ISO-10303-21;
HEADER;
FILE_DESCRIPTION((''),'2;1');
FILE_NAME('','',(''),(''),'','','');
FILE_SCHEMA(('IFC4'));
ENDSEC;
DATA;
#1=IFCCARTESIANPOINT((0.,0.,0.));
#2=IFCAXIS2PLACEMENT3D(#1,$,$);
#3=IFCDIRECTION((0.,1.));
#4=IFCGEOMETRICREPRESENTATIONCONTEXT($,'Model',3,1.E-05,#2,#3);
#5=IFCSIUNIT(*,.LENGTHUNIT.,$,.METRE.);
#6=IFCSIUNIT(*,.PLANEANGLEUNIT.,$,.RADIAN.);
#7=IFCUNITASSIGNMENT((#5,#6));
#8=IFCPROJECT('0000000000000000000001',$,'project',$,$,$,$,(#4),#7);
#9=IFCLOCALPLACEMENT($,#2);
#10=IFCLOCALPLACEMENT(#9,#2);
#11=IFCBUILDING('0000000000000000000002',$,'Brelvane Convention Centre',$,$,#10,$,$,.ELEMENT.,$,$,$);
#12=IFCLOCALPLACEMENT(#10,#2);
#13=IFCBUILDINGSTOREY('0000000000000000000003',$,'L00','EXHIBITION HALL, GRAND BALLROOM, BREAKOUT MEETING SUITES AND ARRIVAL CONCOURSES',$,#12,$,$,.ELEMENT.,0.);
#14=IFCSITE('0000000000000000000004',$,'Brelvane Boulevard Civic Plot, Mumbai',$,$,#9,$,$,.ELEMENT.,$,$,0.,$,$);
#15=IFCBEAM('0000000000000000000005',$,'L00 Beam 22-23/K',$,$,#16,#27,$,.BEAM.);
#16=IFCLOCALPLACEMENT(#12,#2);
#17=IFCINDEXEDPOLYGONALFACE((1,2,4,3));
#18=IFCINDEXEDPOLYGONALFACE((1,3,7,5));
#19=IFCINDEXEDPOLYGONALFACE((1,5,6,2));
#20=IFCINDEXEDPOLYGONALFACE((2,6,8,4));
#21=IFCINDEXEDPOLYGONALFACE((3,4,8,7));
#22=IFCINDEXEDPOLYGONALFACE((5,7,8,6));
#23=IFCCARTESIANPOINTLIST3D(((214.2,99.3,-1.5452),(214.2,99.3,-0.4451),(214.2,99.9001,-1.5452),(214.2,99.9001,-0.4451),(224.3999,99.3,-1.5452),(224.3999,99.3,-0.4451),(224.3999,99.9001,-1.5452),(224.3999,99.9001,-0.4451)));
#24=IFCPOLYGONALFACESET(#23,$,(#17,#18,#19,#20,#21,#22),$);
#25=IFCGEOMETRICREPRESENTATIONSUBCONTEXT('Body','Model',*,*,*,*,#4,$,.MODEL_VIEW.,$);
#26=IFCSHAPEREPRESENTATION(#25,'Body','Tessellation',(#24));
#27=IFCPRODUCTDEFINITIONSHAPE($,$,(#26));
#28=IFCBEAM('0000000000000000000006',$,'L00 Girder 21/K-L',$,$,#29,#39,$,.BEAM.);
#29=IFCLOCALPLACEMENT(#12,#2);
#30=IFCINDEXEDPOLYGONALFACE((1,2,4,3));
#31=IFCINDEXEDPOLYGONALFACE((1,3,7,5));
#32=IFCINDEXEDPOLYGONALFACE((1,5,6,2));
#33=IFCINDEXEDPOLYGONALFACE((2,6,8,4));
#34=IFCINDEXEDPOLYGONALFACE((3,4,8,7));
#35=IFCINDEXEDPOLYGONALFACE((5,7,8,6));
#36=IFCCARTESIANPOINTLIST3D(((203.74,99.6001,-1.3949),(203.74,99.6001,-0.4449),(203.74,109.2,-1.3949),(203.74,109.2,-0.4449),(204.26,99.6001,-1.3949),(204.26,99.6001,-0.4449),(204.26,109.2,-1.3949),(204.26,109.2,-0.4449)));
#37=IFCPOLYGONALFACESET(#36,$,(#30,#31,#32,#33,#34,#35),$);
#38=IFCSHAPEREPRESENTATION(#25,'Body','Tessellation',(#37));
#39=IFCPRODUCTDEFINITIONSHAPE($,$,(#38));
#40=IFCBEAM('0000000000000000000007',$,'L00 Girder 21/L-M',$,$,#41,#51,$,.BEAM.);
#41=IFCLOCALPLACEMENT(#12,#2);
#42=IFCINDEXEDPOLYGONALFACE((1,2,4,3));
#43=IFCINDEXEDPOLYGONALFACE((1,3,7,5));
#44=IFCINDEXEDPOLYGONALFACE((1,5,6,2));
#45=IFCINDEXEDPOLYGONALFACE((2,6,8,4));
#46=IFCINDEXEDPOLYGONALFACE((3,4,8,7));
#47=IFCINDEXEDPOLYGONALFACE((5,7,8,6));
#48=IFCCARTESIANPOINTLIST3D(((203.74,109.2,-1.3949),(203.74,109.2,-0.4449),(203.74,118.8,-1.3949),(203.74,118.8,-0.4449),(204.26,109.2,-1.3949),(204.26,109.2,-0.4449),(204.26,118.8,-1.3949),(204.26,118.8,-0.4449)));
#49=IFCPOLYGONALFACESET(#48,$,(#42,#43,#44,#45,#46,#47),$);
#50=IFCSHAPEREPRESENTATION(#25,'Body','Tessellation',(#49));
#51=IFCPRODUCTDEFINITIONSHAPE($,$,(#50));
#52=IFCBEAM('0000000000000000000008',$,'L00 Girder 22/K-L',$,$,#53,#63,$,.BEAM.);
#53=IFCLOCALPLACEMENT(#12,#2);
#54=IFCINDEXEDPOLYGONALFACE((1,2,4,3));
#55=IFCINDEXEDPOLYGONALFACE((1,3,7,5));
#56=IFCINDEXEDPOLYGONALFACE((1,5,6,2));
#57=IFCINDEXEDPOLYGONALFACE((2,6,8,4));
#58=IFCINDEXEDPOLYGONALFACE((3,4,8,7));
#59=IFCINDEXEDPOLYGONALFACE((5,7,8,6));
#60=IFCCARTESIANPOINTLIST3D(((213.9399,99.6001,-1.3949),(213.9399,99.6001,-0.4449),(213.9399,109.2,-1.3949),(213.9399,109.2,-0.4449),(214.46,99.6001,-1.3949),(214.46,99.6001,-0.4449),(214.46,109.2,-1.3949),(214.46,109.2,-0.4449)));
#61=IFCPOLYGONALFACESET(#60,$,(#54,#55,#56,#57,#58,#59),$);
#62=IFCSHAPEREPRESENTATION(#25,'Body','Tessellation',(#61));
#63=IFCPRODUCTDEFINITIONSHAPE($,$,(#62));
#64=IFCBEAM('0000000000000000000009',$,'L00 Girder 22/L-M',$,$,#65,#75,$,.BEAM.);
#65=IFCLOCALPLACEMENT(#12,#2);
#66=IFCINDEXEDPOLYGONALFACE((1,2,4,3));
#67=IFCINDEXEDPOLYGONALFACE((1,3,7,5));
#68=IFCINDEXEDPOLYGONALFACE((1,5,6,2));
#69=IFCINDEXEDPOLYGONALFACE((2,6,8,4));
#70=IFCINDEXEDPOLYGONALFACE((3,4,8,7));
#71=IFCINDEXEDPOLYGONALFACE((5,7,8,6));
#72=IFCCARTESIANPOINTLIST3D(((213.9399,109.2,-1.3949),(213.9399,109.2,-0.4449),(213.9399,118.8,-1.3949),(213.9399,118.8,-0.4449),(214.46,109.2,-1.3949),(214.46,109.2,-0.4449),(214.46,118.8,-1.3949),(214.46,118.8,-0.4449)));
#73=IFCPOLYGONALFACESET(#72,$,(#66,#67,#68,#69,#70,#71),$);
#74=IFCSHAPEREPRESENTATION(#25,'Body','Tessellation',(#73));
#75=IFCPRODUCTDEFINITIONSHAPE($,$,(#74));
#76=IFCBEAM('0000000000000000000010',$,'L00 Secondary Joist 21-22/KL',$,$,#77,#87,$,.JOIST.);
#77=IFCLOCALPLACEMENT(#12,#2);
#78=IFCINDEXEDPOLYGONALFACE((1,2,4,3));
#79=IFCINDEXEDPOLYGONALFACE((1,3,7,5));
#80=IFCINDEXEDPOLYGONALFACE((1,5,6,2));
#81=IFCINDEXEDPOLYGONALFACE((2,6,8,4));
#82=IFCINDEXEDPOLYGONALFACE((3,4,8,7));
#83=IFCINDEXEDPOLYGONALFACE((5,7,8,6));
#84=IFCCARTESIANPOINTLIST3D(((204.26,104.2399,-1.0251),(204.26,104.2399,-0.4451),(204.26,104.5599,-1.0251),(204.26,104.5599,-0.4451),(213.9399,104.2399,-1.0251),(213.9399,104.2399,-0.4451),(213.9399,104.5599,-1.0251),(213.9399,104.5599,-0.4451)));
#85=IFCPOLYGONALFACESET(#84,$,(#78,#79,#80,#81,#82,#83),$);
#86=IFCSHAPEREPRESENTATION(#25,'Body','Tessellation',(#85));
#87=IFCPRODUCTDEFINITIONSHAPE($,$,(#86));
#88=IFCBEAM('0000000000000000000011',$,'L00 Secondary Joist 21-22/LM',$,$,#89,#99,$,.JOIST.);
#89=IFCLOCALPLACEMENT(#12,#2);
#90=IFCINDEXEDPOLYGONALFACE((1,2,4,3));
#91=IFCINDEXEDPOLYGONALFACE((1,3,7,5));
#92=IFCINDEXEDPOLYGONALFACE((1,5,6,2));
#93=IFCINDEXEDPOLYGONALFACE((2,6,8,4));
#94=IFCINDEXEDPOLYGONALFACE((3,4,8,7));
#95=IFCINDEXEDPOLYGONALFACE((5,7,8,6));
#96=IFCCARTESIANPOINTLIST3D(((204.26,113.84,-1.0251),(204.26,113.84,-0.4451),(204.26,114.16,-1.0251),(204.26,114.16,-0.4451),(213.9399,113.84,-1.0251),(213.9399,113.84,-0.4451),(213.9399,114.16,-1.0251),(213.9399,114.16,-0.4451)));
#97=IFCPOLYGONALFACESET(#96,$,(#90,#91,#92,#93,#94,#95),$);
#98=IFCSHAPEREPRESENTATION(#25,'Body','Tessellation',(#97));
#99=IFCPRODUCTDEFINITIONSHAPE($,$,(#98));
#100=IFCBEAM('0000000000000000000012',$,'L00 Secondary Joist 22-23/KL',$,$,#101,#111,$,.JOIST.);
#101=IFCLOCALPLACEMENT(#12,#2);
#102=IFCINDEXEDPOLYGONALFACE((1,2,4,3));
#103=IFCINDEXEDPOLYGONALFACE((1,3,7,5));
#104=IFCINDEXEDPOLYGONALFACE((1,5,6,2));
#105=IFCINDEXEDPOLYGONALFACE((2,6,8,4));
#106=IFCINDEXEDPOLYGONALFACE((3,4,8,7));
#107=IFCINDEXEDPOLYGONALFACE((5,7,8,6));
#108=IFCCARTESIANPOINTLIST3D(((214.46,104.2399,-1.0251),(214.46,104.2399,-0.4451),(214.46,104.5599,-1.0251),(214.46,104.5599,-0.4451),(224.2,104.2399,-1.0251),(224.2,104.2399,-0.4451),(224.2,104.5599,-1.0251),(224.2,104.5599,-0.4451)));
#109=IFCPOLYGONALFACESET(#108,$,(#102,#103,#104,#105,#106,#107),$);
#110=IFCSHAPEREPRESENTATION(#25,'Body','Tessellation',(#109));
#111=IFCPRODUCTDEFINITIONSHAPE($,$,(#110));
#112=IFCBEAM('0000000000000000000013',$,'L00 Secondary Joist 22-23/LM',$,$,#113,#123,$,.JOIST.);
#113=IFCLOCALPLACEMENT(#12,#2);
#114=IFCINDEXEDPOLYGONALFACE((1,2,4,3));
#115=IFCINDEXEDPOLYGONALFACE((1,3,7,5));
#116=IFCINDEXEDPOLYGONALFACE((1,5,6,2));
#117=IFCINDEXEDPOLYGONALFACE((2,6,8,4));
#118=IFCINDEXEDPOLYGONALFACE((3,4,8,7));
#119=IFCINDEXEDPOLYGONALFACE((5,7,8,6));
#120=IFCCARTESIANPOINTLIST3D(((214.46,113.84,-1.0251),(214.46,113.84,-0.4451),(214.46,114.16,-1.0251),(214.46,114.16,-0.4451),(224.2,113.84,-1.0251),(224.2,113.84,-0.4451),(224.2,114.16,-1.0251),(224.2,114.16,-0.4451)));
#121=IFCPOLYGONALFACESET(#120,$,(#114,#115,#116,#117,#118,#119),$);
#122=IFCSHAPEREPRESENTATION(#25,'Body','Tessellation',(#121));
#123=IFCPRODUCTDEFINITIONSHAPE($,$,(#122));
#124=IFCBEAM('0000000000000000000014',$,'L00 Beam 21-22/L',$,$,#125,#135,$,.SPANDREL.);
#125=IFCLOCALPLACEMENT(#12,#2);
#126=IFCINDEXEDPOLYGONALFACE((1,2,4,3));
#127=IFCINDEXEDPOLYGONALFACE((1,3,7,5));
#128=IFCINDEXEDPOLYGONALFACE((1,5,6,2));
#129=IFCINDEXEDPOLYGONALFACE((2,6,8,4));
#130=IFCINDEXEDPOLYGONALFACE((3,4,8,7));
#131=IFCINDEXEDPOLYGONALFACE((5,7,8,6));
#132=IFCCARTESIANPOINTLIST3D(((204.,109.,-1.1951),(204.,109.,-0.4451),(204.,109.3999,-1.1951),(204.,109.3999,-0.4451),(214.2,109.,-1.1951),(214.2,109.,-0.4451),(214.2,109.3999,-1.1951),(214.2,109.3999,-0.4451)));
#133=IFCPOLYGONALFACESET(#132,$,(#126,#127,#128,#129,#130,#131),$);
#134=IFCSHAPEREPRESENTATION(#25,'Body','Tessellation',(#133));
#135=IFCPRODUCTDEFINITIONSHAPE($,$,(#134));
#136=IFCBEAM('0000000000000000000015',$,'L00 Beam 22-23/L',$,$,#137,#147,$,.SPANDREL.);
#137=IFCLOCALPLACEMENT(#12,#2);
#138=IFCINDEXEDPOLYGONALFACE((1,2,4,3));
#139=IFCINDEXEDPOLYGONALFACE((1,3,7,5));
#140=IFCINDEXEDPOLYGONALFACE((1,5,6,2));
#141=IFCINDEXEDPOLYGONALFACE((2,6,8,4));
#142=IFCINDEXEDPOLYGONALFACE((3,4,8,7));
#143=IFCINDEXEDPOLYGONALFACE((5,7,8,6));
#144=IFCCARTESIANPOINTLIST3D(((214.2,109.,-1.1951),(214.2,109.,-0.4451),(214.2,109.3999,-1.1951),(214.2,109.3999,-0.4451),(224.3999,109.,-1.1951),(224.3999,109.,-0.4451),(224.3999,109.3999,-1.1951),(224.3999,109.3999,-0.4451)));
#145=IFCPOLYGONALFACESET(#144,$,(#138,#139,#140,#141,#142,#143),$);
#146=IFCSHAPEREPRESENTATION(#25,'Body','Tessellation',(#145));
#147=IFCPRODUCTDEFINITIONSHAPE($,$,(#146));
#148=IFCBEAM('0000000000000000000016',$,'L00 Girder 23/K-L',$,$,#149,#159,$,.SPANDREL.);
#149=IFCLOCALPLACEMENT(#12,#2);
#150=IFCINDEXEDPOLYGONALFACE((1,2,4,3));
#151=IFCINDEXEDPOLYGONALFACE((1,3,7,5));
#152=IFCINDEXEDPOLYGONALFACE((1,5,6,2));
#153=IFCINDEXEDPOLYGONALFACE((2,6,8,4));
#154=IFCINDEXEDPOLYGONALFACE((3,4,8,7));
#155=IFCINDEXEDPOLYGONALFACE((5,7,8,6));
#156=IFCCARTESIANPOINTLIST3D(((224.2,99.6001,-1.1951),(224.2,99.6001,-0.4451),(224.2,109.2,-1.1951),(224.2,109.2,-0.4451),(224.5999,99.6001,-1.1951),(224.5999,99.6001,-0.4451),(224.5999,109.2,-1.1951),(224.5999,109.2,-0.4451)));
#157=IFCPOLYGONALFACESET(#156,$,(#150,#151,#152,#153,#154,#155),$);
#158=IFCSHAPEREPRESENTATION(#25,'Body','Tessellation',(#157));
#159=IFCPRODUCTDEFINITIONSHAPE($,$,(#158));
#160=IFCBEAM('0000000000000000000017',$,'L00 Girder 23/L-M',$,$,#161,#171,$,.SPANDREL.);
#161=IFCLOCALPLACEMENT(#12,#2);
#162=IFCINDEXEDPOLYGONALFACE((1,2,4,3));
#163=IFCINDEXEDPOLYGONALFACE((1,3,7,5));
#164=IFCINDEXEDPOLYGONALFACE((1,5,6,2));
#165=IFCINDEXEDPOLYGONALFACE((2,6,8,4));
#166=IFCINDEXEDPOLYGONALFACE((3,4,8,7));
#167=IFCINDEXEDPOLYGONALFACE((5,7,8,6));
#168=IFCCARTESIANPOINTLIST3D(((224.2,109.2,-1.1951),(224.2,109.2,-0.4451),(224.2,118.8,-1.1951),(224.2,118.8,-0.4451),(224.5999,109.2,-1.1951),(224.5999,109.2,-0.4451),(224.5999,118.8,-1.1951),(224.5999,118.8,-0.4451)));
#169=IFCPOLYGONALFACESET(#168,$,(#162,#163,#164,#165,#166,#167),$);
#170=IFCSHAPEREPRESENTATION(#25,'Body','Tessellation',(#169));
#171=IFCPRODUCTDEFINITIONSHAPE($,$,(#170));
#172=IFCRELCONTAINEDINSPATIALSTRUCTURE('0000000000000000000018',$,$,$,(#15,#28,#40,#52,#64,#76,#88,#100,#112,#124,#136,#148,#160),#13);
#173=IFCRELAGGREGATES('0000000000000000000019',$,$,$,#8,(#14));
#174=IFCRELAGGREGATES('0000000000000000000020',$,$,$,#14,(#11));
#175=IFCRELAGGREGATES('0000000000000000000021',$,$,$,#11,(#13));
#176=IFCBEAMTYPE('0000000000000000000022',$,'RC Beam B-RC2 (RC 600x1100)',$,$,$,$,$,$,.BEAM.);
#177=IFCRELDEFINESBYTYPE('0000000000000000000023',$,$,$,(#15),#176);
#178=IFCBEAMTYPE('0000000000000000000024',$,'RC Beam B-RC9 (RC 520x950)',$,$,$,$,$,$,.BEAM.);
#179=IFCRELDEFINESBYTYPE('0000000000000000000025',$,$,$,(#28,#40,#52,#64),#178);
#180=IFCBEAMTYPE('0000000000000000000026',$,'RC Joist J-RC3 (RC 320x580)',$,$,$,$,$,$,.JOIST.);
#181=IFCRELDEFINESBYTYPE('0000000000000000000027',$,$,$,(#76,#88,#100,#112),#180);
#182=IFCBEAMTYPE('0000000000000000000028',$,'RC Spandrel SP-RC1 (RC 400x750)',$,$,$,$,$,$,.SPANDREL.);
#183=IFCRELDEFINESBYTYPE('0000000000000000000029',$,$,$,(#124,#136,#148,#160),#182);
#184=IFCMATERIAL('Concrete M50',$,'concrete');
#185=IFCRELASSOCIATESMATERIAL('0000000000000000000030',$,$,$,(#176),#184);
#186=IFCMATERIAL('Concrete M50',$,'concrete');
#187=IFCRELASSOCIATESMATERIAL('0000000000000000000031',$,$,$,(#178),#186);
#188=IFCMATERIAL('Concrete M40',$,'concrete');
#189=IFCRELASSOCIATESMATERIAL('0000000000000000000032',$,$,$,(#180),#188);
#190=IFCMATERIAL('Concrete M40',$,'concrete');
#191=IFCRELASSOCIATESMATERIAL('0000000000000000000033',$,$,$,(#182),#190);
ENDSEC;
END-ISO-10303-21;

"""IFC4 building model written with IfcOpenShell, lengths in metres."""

from ifc_helpers import new_model, si_unit, direction, frame, origin, origin_2d, place, context, subcontext, project, spatial, rectangle, extrude, material, material_profile, profile_set, type_object, element, save


model = new_model("IFC4")

# Units and contexts
model_context = context("Model", 3, precision=1e-05, world=origin(), true_north=direction((0.0, 1.0)))
body_context = subcontext(model_context, "Body", "Model", "MODEL_VIEW")
ifc_project = project(units=[si_unit("LENGTHUNIT", "METRE"), si_unit("PLANEANGLEUNIT", "RADIAN")], contexts=[model_context])

# Site, building, storey
site_placement = place(None, origin())
site = spatial("IfcSite", under=ifc_project, at=site_placement, Name="Brelvane Boulevard Civic Plot, Mumbai", CompositionType="ELEMENT", RefElevation=0.0)
building_placement = place(site_placement, origin())
building = spatial("IfcBuilding", under=site, at=building_placement, Name="Brelvane Convention Centre", CompositionType="ELEMENT")
storey_placement = place(building_placement, origin())
storey = spatial("IfcBuildingStorey", under=building, at=storey_placement, Name="L00", Description="EXHIBITION HALL, GRAND BALLROOM, BREAKOUT MEETING SUITES AND ARRIVAL CONCOURSES", CompositionType="ELEMENT", Elevation=0.0)

# Beams
ifc_material_1 = material(Name="Concrete M50", Category="concrete")
ifc_material_profile_1 = material_profile(ifc_material_1, rectangle(XDim=0.6001, YDim=1.1001, at=origin_2d()), Name="RC 600x1100")
ifc_profile_set_1 = profile_set([ifc_material_profile_1], Name="Concrete M50")
beam_type_1 = type_object("IfcBeamType", Name="RC Beam B-RC2 (RC 600x1100)", PredefinedType="BEAM", material=ifc_profile_set_1)
for number, where, z_axis, x_axis, name in (
    (1, (214.2, 99.6001, -0.9951), (1.0, 0.0, 0.0), (0.0, 1.0, 0.0), "L00 Beam 22-23/K"),
):
    element("IfcBeam", number, at=place(storey_placement, frame(where, z_axis=z_axis, x_axis=x_axis)), inside=storey, type_object=beam_type_1, Name=name, PredefinedType="BEAM", context=body_context, shape_type="SweptSolid", body=[
        extrude(rectangle(XDim=0.6001, YDim=1.1001, at=origin_2d()), origin(), (0.0, 0.0, 1.0), 10.2),
    ])
ifc_material_2 = material(Name="Concrete M50", Category="concrete")
ifc_material_profile_2 = material_profile(ifc_material_2, rectangle(XDim=0.52, YDim=0.95, at=origin_2d()), Name="RC 520x950")
ifc_profile_set_2 = profile_set([ifc_material_profile_2], Name="Concrete M50")
beam_type_2 = type_object("IfcBeamType", Name="RC Beam B-RC9 (RC 520x950)", PredefinedType="BEAM", material=ifc_profile_set_2)
beam_1_placement = place(storey_placement, frame((204.0, 99.6001, -0.9199), z_axis=(0.0, 1.0, 0.0), x_axis=(-1.0, 0.0, 0.0)))
element("IfcBeam", 2, at=beam_1_placement, inside=storey, type_object=beam_type_2, Name="L00 Girder 21/K-L", PredefinedType="BEAM", context=body_context, shape_type="SweptSolid", body=[
    extrude(rectangle(XDim=0.52, YDim=0.95, at=origin_2d()), origin(), (0.0, 0.0, 1.0), 9.5999),
])
beam_2_placement = place(storey_placement, frame((204.0, 109.2, -0.9199), z_axis=(0.0, 1.0, 0.0), x_axis=(-1.0, 0.0, 0.0)))
element("IfcBeam", 3, at=beam_2_placement, inside=storey, type_object=beam_type_2, Name="L00 Girder 21/L-M", PredefinedType="BEAM", context=body_context, shape_type="SweptSolid", body=[
    extrude(rectangle(XDim=0.52, YDim=0.95, at=origin_2d()), origin(), (0.0, 0.0, 1.0), 9.6001),
])
beam_3_placement = place(storey_placement, frame((214.2, 99.6001, -0.9199), z_axis=(0.0, 1.0, 0.0), x_axis=(-1.0, 0.0, 0.0)))
element("IfcBeam", 4, at=beam_3_placement, inside=storey, type_object=beam_type_2, Name="L00 Girder 22/K-L", PredefinedType="BEAM", context=body_context, shape_type="SweptSolid", body=[
    extrude(rectangle(XDim=0.52, YDim=0.95, at=origin_2d()), origin(), (0.0, 0.0, 1.0), 9.5999),
])
beam_4_placement = place(storey_placement, frame((214.2, 109.2, -0.9199), z_axis=(0.0, 1.0, 0.0), x_axis=(-1.0, 0.0, 0.0)))
element("IfcBeam", 5, at=beam_4_placement, inside=storey, type_object=beam_type_2, Name="L00 Girder 22/L-M", PredefinedType="BEAM", context=body_context, shape_type="SweptSolid", body=[
    extrude(rectangle(XDim=0.52, YDim=0.95, at=origin_2d()), origin(), (0.0, 0.0, 1.0), 9.6001),
])
ifc_material_3 = material(Name="Concrete M40", Category="concrete")
ifc_material_profile_3 = material_profile(ifc_material_3, rectangle(XDim=0.3201, YDim=0.5801, at=origin_2d()), Name="RC 320x580")
ifc_profile_set_3 = profile_set([ifc_material_profile_3], Name="Concrete M40")
beam_type_3 = type_object("IfcBeamType", Name="RC Joist J-RC3 (RC 320x580)", PredefinedType="JOIST", material=ifc_profile_set_3)
for number, where, z_axis, x_axis, name in (
    (6, (204.26, 104.3999, -0.7351), (1.0, 0.0, 0.0), (0.0, 1.0, 0.0), "L00 Secondary Joist 21-22/KL"),
    (7, (204.26, 114.0, -0.7351), (1.0, 0.0, 0.0), (0.0, 1.0, 0.0), "L00 Secondary Joist 21-22/LM"),
):
    element("IfcBeam", number, at=place(storey_placement, frame(where, z_axis=z_axis, x_axis=x_axis)), inside=storey, type_object=beam_type_3, Name=name, PredefinedType="JOIST", context=body_context, shape_type="SweptSolid", body=[
        extrude(rectangle(XDim=0.3201, YDim=0.5801, at=origin_2d()), origin(), (0.0, 0.0, 1.0), 9.6799),
    ])
for number, where, z_axis, x_axis, name in (
    (8, (214.46, 104.3999, -0.7351), (1.0, 0.0, 0.0), (0.0, 1.0, 0.0), "L00 Secondary Joist 22-23/KL"),
    (9, (214.46, 114.0, -0.7351), (1.0, 0.0, 0.0), (0.0, 1.0, 0.0), "L00 Secondary Joist 22-23/LM"),
):
    element("IfcBeam", number, at=place(storey_placement, frame(where, z_axis=z_axis, x_axis=x_axis)), inside=storey, type_object=beam_type_3, Name=name, PredefinedType="JOIST", context=body_context, shape_type="SweptSolid", body=[
        extrude(rectangle(XDim=0.3201, YDim=0.5801, at=origin_2d()), origin(), (0.0, 0.0, 1.0), 9.74),
    ])
ifc_material_4 = material(Name="Concrete M40", Category="concrete")
ifc_material_profile_4 = material_profile(ifc_material_4, rectangle(XDim=0.3999, YDim=0.75, at=origin_2d()), Name="RC 400x750")
ifc_profile_set_4 = profile_set([ifc_material_profile_4], Name="Concrete M40")
beam_type_4 = type_object("IfcBeamType", Name="RC Spandrel SP-RC1 (RC 400x750)", PredefinedType="SPANDREL", material=ifc_profile_set_4)
for number, where, z_axis, x_axis, name in (
    (10, (204.0, 109.2, -0.8201), (1.0, 0.0, 0.0), (0.0, 1.0, 0.0), "L00 Beam 21-22/L"),
    (11, (214.2, 109.2, -0.8201), (1.0, 0.0, 0.0), (0.0, 1.0, 0.0), "L00 Beam 22-23/L"),
):
    element("IfcBeam", number, at=place(storey_placement, frame(where, z_axis=z_axis, x_axis=x_axis)), inside=storey, type_object=beam_type_4, Name=name, PredefinedType="SPANDREL", context=body_context, shape_type="SweptSolid", body=[
        extrude(rectangle(XDim=0.3999, YDim=0.75, at=origin_2d()), origin(), (0.0, 0.0, 1.0), 10.2),
    ])
beam_5_placement = place(storey_placement, frame((224.3999, 99.6001, -0.8201), z_axis=(0.0, 1.0, 0.0), x_axis=(-1.0, 0.0, 0.0)))
element("IfcBeam", 12, at=beam_5_placement, inside=storey, type_object=beam_type_4, Name="L00 Girder 23/K-L", PredefinedType="SPANDREL", context=body_context, shape_type="SweptSolid", body=[
    extrude(rectangle(XDim=0.3999, YDim=0.75, at=origin_2d()), origin(), (0.0, 0.0, 1.0), 9.5999),
])
beam_6_placement = place(storey_placement, frame((224.3999, 109.2, -0.8201), z_axis=(0.0, 1.0, 0.0), x_axis=(-1.0, 0.0, 0.0)))
element("IfcBeam", 13, at=beam_6_placement, inside=storey, type_object=beam_type_4, Name="L00 Girder 23/L-M", PredefinedType="SPANDREL", context=body_context, shape_type="SweptSolid", body=[
    extrude(rectangle(XDim=0.3999, YDim=0.75, at=origin_2d()), origin(), (0.0, 0.0, 1.0), 9.6001),
])

save(model, "model.ifc")
